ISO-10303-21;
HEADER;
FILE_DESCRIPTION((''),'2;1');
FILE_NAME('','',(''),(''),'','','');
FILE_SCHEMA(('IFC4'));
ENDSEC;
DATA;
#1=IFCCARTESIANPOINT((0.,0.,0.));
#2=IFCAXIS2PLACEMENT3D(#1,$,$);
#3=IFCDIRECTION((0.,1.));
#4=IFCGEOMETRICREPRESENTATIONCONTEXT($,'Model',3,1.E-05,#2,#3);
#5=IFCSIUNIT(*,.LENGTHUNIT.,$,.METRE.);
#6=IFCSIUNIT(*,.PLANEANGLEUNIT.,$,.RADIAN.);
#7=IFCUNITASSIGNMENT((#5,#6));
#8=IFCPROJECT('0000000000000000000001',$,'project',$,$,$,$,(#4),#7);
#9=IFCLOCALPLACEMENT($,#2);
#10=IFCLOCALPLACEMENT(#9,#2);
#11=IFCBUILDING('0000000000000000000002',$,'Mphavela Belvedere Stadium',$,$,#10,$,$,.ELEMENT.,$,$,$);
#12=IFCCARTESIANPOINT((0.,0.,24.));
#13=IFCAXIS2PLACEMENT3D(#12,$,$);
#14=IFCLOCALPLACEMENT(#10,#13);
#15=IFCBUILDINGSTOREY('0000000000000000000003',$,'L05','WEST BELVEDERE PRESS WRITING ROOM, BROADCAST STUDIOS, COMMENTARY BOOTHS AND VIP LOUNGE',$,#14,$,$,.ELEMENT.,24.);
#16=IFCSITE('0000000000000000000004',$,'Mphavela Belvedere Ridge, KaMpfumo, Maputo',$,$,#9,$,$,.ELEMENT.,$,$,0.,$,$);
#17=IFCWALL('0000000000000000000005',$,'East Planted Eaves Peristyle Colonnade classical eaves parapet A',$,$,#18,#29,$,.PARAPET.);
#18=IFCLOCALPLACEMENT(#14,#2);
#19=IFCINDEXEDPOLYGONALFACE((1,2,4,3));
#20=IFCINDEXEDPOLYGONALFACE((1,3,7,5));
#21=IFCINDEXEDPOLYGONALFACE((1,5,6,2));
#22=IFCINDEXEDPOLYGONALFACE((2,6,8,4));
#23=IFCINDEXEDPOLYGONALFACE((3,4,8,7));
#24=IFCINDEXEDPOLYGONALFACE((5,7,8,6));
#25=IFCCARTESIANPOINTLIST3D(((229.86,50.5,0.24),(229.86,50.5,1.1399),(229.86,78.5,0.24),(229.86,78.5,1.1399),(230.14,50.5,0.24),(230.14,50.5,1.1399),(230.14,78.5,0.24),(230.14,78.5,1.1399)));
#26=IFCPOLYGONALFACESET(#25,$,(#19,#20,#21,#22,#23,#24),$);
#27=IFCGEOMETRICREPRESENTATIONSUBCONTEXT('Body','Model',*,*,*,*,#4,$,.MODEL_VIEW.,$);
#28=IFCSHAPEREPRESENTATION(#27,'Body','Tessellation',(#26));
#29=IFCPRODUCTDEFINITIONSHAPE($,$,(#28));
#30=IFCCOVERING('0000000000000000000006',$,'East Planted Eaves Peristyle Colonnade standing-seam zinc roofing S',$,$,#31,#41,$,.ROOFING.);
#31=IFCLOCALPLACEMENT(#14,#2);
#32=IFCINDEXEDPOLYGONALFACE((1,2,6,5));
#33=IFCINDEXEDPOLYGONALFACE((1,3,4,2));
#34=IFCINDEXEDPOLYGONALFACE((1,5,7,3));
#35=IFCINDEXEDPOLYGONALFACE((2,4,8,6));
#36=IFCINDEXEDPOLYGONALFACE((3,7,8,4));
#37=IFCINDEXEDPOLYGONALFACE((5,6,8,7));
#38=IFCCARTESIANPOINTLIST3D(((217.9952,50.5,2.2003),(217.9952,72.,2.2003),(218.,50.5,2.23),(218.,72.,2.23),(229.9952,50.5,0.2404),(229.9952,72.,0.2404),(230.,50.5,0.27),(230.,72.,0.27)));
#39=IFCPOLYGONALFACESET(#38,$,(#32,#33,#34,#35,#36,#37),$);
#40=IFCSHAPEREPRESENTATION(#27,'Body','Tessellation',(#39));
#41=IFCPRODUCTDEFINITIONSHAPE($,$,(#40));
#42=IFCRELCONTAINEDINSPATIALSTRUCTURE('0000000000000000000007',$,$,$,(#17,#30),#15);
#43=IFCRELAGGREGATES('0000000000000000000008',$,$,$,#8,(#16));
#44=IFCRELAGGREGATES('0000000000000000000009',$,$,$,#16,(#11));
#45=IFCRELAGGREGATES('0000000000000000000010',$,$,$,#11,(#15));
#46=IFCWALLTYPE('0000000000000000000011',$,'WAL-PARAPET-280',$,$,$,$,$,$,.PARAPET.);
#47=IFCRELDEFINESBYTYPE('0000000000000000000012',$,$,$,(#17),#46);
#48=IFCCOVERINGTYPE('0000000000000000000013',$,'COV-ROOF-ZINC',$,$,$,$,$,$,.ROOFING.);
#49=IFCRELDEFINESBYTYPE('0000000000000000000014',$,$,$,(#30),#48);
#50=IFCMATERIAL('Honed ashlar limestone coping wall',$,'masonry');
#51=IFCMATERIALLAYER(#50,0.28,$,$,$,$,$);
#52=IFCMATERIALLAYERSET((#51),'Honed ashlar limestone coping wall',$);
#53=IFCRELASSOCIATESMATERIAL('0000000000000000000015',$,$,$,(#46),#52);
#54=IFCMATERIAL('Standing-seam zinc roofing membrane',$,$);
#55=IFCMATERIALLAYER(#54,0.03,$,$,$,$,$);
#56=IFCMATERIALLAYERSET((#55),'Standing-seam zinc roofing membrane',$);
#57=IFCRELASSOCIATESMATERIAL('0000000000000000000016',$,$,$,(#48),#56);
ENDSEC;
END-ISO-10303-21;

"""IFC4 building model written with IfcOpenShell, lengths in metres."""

from ifc_helpers import new_model, si_unit, direction, frame, frame_2d, origin, place, context, subcontext, project, spatial, polyline, rectangle, outline, extrude, material, layer, layer_set, type_object, element, save


model = new_model("IFC4")

# Units and contexts
model_context = context("Model", 3, precision=1e-05, world=origin(), true_north=direction((0.0, 1.0)))
body_context = subcontext(model_context, "Body", "Model", "MODEL_VIEW")
ifc_project = project(units=[si_unit("LENGTHUNIT", "METRE"), si_unit("PLANEANGLEUNIT", "RADIAN")], contexts=[model_context])

# Site, building, storey
site_placement = place(None, origin())
site = spatial("IfcSite", under=ifc_project, at=site_placement, Name="Mphavela Belvedere Ridge, KaMpfumo, Maputo", CompositionType="ELEMENT", RefElevation=0.0)
building_placement = place(site_placement, origin())
building = spatial("IfcBuilding", under=site, at=building_placement, Name="Mphavela Belvedere Stadium", CompositionType="ELEMENT")
storey_placement = place(building_placement, frame((0.0, 0.0, 24.0)))
storey = spatial("IfcBuildingStorey", under=building, at=storey_placement, Name="L05", Description="WEST BELVEDERE PRESS WRITING ROOM, BROADCAST STUDIOS, COMMENTARY BOOTHS AND VIP LOUNGE", CompositionType="ELEMENT", Elevation=24.0)

# Wall
ifc_material_1 = material(Name="Honed ashlar limestone coping wall", Category="masonry")
ifc_layer_1 = layer(ifc_material_1, 0.28)
ifc_layer_set_1 = layer_set([ifc_layer_1], Name="Honed ashlar limestone coping wall")
wall_type = type_object("IfcWallType", Name="WAL-PARAPET-280", PredefinedType="PARAPET", material=ifc_layer_set_1)
wall_placement = place(storey_placement, frame((230.0, 50.5, 0.24), z_axis=(0.0, 0.0, 1.0), x_axis=(0.0, 1.0, 0.0)))
element("IfcWall", 1, at=wall_placement, inside=storey, type_object=wall_type, Name="East Planted Eaves Peristyle Colonnade classical eaves parapet A", PredefinedType="PARAPET", context=body_context, shape_type="SweptSolid", body=[
    extrude(rectangle(XDim=28.0, YDim=0.28, at=frame_2d((14.0, 0.0))), origin(), (0.0, 0.0, 1.0), 0.8999),
])

# Covering
ifc_material_2 = material(Name="Standing-seam zinc roofing membrane")
ifc_layer_2 = layer(ifc_material_2, 0.03)
ifc_layer_set_2 = layer_set([ifc_layer_2], Name="Standing-seam zinc roofing membrane")
covering_type = type_object("IfcCoveringType", Name="COV-ROOF-ZINC", PredefinedType="ROOFING", material=ifc_layer_set_2)
covering_placement = place(storey_placement, frame((218.0, 50.5, 2.23), z_axis=(0.161194, 0.0, 0.986923), x_axis=(0.986923, 0.0, -0.161194)))
element("IfcCovering", 2, at=covering_placement, inside=storey, type_object=covering_type, Name="East Planted Eaves Peristyle Colonnade standing-seam zinc roofing S", PredefinedType="ROOFING", context=body_context, shape_type="SweptSolid", body=[
    extrude(outline(polyline([(0.0, 0.0), (12.159, 0.0), (12.159, 21.5), (0.0, 21.5), (0.0, 0.0)])), origin(), (0.0, 0.0, -1.0), 0.03),
])

save(model, "model.ifc")
